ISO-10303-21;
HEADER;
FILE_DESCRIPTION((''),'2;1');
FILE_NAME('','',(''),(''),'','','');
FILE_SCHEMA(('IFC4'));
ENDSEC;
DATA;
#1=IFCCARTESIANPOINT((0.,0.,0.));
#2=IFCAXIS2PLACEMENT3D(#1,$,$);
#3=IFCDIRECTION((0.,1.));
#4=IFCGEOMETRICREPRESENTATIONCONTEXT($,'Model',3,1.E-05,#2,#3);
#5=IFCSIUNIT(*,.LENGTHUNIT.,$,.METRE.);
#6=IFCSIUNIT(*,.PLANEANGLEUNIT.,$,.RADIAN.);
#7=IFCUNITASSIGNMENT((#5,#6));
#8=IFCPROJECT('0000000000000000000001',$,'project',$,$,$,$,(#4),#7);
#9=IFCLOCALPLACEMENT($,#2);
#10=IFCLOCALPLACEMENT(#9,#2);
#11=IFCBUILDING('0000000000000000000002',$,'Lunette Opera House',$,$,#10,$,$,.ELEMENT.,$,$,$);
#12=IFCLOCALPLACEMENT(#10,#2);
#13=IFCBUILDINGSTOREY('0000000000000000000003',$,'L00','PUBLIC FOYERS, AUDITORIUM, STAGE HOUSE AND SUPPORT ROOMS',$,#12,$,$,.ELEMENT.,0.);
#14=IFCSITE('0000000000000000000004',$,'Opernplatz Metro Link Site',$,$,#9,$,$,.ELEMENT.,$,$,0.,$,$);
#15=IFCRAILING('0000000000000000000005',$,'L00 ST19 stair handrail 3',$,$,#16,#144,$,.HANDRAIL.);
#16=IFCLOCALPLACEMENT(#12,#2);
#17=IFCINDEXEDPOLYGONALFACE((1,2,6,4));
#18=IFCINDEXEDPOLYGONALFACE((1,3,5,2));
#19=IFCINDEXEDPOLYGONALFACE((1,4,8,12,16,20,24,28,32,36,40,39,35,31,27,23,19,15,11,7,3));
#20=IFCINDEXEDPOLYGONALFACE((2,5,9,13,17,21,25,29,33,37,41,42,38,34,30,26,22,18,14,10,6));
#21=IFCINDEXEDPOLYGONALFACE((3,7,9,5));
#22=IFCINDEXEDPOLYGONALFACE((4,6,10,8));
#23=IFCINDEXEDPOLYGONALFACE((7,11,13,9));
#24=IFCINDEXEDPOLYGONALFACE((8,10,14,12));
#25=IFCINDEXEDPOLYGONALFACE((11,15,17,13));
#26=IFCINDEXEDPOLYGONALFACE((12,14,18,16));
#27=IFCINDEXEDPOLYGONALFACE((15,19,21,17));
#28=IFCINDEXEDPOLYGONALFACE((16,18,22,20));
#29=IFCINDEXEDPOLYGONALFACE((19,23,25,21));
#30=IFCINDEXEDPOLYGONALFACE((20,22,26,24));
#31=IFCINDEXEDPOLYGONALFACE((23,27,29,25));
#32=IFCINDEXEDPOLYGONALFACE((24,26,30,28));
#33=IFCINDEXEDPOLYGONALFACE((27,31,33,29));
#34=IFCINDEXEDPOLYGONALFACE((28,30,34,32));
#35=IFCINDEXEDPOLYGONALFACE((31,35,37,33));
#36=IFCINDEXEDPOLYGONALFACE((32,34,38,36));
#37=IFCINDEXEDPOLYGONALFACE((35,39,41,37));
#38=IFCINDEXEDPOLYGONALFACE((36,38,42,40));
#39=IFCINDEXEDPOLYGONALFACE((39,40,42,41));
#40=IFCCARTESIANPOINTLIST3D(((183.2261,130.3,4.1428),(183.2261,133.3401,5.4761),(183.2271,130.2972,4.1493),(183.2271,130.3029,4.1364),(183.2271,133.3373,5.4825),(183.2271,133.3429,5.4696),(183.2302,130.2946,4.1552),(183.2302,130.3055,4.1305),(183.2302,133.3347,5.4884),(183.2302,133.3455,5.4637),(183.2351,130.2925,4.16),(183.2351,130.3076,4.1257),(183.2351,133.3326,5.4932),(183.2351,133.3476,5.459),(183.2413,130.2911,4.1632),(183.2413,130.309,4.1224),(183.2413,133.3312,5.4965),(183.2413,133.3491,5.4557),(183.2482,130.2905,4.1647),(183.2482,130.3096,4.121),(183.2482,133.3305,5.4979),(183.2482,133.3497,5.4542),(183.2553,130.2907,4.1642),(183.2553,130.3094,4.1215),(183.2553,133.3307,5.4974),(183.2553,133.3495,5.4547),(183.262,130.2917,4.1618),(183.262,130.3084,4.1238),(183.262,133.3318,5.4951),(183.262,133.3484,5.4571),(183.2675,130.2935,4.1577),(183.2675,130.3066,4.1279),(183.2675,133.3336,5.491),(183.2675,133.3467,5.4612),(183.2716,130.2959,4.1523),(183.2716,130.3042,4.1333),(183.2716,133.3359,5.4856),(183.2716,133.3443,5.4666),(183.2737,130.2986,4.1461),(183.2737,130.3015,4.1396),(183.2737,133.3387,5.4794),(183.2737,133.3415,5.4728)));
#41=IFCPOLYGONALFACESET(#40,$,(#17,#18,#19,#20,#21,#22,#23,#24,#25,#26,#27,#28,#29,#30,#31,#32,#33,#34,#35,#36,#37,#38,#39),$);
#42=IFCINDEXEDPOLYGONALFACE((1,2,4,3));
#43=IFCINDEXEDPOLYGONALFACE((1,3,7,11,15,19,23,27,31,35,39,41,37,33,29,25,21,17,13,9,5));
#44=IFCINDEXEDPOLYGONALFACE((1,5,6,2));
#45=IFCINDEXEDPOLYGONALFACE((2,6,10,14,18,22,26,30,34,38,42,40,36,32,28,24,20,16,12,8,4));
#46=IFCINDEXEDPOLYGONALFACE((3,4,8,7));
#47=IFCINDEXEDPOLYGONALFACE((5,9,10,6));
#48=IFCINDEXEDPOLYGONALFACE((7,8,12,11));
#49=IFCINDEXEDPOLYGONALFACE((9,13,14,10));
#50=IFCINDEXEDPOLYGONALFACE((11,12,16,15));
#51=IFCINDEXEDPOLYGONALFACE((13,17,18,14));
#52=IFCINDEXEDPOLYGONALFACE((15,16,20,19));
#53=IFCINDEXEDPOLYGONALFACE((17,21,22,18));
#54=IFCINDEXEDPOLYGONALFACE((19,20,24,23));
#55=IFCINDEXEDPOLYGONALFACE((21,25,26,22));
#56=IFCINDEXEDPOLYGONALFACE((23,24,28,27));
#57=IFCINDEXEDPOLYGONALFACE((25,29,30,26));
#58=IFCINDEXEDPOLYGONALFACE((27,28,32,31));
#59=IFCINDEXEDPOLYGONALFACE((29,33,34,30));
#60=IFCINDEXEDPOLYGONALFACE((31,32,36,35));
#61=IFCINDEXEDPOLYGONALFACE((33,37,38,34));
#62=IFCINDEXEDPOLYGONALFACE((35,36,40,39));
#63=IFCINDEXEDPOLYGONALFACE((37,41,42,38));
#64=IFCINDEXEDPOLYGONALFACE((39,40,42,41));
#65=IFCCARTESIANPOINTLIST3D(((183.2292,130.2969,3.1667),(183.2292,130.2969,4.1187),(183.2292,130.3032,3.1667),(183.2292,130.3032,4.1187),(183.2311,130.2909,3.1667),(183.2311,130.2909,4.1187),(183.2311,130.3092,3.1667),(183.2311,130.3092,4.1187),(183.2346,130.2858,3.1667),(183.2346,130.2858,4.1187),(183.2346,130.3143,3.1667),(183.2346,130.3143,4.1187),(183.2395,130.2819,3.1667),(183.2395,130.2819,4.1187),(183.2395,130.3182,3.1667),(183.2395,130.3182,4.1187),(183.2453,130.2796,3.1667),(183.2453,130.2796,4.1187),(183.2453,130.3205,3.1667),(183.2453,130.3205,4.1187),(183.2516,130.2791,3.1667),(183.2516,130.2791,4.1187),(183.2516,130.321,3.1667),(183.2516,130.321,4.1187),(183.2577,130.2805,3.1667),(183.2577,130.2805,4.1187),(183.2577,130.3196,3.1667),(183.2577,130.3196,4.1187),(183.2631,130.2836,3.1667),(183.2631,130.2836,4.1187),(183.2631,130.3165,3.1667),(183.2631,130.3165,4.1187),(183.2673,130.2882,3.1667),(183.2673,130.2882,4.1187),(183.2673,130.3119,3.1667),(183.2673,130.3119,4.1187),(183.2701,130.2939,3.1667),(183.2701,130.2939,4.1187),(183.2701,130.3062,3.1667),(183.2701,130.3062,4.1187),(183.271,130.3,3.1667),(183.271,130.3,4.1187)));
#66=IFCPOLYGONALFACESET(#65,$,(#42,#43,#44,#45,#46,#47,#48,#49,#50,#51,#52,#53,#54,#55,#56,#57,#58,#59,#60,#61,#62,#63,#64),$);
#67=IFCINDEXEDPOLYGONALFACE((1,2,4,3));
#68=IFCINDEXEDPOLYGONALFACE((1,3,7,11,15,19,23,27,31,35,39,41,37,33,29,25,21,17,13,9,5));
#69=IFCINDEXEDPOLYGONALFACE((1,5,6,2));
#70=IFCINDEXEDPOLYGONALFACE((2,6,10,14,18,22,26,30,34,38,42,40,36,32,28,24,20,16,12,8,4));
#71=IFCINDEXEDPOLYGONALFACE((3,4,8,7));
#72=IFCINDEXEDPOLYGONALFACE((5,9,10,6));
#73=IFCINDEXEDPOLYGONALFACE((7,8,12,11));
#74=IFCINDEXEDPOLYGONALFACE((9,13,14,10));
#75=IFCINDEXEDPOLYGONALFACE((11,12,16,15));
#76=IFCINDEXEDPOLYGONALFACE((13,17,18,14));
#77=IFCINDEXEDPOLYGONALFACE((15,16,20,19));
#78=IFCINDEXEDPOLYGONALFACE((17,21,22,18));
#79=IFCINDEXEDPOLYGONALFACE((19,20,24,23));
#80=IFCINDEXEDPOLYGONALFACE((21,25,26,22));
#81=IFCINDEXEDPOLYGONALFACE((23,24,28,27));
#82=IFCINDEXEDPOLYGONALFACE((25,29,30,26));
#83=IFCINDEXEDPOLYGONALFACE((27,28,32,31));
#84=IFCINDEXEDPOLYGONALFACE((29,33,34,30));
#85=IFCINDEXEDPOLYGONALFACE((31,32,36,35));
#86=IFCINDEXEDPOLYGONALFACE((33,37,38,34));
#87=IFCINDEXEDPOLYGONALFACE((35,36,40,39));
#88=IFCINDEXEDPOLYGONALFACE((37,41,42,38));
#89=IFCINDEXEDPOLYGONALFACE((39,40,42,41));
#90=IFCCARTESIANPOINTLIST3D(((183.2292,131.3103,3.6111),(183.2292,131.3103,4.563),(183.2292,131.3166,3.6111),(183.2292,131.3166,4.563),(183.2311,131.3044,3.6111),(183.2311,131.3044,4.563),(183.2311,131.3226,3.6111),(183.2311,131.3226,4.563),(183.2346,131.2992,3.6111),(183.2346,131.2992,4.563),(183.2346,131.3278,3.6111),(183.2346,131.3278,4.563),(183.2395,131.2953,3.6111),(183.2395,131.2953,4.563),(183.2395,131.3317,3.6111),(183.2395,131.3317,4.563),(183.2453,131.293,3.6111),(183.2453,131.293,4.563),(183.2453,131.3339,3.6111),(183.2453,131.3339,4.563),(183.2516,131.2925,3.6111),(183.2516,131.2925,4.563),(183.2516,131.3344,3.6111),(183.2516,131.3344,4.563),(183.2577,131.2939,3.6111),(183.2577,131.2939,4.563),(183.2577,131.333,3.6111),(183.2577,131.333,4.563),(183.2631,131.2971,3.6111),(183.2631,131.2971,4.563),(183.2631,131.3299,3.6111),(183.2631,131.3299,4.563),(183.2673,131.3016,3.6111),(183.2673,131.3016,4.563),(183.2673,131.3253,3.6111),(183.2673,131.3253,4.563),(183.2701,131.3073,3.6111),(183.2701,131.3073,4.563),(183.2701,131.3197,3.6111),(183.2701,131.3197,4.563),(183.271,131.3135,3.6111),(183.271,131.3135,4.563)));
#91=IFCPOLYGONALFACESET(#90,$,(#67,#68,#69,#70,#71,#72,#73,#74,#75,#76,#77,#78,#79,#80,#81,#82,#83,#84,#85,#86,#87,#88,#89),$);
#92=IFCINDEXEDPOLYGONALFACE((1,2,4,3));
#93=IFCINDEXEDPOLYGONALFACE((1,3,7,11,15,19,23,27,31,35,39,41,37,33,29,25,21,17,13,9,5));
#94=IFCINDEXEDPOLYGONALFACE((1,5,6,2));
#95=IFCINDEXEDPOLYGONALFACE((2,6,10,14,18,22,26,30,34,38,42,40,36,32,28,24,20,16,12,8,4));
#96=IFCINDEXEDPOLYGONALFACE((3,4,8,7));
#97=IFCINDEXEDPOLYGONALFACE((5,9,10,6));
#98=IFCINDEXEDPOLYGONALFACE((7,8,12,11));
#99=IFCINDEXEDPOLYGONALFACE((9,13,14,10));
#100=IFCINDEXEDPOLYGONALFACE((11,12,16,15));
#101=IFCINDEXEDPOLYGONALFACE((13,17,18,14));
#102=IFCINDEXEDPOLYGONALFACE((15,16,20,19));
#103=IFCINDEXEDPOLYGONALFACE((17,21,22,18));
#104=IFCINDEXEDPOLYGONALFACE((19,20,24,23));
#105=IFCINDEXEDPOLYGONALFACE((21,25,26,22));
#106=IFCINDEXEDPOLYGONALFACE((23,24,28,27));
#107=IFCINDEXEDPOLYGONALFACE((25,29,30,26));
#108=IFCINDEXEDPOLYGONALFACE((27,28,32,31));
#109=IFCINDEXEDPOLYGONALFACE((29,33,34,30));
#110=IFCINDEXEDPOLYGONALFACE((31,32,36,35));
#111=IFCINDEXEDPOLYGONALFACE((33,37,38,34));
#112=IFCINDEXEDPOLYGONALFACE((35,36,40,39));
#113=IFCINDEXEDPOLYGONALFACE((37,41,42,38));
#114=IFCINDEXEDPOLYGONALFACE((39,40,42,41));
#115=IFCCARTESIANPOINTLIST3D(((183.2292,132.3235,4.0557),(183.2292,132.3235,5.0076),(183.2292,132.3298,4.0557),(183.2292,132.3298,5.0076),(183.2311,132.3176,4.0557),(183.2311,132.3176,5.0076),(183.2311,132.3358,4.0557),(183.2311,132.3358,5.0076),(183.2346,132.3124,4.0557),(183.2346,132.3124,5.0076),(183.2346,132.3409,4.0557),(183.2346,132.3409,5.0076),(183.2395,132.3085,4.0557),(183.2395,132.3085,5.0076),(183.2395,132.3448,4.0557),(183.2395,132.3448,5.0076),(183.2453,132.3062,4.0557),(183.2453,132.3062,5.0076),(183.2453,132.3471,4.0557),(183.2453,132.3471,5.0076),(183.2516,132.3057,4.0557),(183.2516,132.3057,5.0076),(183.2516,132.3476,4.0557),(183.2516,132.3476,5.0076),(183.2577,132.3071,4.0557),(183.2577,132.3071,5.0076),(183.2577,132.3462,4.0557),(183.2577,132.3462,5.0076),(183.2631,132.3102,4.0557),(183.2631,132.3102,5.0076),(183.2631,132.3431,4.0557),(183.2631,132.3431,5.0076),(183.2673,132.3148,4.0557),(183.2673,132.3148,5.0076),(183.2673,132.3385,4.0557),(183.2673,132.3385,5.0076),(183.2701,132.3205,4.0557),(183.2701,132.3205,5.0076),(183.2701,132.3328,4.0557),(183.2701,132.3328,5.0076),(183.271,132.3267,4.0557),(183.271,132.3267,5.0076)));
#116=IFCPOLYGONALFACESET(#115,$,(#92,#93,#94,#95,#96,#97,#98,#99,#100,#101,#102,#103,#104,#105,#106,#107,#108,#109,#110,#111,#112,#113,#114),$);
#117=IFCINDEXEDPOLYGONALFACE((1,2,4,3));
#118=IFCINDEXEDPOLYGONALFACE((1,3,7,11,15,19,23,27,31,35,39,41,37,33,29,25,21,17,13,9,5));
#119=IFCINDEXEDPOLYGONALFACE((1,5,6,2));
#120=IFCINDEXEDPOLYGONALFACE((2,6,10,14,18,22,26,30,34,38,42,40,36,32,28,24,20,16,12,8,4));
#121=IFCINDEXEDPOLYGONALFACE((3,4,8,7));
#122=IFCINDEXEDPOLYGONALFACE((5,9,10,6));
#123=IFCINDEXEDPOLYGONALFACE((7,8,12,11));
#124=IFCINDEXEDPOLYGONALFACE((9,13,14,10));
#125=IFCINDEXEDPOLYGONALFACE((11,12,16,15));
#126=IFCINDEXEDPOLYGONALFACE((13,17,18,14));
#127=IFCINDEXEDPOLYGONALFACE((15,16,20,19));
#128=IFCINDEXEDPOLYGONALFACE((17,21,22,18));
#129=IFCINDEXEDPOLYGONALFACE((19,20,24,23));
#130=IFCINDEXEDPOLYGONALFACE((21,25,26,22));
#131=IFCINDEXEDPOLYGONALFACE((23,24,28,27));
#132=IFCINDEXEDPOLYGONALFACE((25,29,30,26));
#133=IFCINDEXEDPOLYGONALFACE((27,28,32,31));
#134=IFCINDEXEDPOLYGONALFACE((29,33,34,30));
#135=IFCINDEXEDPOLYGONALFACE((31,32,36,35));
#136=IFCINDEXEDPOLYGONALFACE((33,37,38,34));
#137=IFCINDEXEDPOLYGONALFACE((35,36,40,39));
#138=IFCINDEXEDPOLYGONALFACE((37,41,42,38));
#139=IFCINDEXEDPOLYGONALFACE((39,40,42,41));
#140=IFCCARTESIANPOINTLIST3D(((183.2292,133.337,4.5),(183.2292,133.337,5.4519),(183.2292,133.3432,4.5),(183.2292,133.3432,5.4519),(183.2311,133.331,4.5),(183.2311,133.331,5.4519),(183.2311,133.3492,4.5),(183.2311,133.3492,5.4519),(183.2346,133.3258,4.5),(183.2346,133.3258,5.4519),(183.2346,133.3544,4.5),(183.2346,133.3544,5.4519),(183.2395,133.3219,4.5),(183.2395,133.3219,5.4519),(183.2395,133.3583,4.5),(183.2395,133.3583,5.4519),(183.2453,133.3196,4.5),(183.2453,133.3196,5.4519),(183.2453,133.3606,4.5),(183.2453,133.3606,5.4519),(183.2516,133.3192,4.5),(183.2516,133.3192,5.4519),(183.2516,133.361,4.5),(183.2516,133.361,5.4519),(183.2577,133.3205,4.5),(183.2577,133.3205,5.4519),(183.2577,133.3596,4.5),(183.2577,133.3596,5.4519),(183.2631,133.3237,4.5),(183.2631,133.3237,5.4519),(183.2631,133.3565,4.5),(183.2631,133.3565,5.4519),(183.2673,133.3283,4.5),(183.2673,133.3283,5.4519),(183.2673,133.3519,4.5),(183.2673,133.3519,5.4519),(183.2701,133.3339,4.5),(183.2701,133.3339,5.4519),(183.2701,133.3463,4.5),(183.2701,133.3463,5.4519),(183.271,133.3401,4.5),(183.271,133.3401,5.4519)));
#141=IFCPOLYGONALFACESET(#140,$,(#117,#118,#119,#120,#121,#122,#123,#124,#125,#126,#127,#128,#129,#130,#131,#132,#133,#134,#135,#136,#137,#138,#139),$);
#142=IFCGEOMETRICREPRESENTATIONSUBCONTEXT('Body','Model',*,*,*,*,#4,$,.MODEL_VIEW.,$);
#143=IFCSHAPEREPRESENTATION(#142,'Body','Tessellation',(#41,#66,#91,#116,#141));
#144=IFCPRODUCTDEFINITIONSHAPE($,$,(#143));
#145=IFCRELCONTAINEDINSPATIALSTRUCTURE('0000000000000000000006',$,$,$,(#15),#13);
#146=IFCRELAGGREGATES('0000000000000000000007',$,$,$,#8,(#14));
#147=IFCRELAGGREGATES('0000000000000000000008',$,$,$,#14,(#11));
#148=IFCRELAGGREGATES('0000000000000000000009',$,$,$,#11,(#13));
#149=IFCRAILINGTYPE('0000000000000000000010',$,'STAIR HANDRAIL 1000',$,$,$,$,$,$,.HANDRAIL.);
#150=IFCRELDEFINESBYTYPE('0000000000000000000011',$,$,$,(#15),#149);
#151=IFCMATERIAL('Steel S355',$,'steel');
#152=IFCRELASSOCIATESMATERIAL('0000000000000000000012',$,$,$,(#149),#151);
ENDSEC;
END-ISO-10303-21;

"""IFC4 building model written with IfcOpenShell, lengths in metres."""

from ifc_helpers import new_model, si_unit, direction, frame, origin, origin_2d, place, context, subcontext, project, spatial, circle, extrude, material, type_object, element, save


model = new_model("IFC4")

# Units and contexts
model_context = context("Model", 3, precision=1e-05, world=origin(), true_north=direction((0.0, 1.0)))
body_context = subcontext(model_context, "Body", "Model", "MODEL_VIEW")
ifc_project = project(units=[si_unit("LENGTHUNIT", "METRE"), si_unit("PLANEANGLEUNIT", "RADIAN")], contexts=[model_context])

# Site, building, storey
site_placement = place(None, origin())
site = spatial("IfcSite", under=ifc_project, at=site_placement, Name="Opernplatz Metro Link Site", CompositionType="ELEMENT", RefElevation=0.0)
building_placement = place(site_placement, origin())
building = spatial("IfcBuilding", under=site, at=building_placement, Name="Lunette Opera House", CompositionType="ELEMENT")
storey_placement = place(building_placement, origin())
storey = spatial("IfcBuildingStorey", under=building, at=storey_placement, Name="L00", Description="PUBLIC FOYERS, AUDITORIUM, STAGE HOUSE AND SUPPORT ROOMS", CompositionType="ELEMENT", Elevation=0.0)

# Railing
ifc_material_1 = material(Name="Steel S355", Category="steel")
railing_type_1 = type_object("IfcRailingType", Name="STAIR HANDRAIL 1000", PredefinedType="HANDRAIL", material=ifc_material_1)
for number, where, name in (
    (1, (183.25, 130.3, 3.1667), "L00 ST19 stair handrail 3"),
):
    element("IfcRailing", number, at=place(storey_placement, frame(where)), inside=storey, type_object=railing_type_1, Name=name, PredefinedType="HANDRAIL", context=body_context, shape_type="SweptSolid", body=[
        extrude(circle(Radius=0.0239, at=origin_2d()), frame((0.0, 0.0, 0.9761), z_axis=(0.0, 0.915799, 0.401637), x_axis=(-1.0, 0.0, 0.0)), (0.0, 0.0, 1.0), 3.3196),
        extrude(circle(Radius=0.021, at=origin_2d()), origin(), (0.0, 0.0, 1.0), 0.9519),
        extrude(circle(Radius=0.021, at=origin_2d()), frame((0.0, 1.0134, 0.4443)), (0.0, 0.0, 1.0), 0.9519),
        extrude(circle(Radius=0.021, at=origin_2d()), frame((0.0, 2.0266, 0.8889)), (0.0, 0.0, 1.0), 0.9519),
        extrude(circle(Radius=0.021, at=origin_2d()), frame((0.0, 3.04, 1.3333)), (0.0, 0.0, 1.0), 0.9519),
    ])

save(model, "model.ifc")
